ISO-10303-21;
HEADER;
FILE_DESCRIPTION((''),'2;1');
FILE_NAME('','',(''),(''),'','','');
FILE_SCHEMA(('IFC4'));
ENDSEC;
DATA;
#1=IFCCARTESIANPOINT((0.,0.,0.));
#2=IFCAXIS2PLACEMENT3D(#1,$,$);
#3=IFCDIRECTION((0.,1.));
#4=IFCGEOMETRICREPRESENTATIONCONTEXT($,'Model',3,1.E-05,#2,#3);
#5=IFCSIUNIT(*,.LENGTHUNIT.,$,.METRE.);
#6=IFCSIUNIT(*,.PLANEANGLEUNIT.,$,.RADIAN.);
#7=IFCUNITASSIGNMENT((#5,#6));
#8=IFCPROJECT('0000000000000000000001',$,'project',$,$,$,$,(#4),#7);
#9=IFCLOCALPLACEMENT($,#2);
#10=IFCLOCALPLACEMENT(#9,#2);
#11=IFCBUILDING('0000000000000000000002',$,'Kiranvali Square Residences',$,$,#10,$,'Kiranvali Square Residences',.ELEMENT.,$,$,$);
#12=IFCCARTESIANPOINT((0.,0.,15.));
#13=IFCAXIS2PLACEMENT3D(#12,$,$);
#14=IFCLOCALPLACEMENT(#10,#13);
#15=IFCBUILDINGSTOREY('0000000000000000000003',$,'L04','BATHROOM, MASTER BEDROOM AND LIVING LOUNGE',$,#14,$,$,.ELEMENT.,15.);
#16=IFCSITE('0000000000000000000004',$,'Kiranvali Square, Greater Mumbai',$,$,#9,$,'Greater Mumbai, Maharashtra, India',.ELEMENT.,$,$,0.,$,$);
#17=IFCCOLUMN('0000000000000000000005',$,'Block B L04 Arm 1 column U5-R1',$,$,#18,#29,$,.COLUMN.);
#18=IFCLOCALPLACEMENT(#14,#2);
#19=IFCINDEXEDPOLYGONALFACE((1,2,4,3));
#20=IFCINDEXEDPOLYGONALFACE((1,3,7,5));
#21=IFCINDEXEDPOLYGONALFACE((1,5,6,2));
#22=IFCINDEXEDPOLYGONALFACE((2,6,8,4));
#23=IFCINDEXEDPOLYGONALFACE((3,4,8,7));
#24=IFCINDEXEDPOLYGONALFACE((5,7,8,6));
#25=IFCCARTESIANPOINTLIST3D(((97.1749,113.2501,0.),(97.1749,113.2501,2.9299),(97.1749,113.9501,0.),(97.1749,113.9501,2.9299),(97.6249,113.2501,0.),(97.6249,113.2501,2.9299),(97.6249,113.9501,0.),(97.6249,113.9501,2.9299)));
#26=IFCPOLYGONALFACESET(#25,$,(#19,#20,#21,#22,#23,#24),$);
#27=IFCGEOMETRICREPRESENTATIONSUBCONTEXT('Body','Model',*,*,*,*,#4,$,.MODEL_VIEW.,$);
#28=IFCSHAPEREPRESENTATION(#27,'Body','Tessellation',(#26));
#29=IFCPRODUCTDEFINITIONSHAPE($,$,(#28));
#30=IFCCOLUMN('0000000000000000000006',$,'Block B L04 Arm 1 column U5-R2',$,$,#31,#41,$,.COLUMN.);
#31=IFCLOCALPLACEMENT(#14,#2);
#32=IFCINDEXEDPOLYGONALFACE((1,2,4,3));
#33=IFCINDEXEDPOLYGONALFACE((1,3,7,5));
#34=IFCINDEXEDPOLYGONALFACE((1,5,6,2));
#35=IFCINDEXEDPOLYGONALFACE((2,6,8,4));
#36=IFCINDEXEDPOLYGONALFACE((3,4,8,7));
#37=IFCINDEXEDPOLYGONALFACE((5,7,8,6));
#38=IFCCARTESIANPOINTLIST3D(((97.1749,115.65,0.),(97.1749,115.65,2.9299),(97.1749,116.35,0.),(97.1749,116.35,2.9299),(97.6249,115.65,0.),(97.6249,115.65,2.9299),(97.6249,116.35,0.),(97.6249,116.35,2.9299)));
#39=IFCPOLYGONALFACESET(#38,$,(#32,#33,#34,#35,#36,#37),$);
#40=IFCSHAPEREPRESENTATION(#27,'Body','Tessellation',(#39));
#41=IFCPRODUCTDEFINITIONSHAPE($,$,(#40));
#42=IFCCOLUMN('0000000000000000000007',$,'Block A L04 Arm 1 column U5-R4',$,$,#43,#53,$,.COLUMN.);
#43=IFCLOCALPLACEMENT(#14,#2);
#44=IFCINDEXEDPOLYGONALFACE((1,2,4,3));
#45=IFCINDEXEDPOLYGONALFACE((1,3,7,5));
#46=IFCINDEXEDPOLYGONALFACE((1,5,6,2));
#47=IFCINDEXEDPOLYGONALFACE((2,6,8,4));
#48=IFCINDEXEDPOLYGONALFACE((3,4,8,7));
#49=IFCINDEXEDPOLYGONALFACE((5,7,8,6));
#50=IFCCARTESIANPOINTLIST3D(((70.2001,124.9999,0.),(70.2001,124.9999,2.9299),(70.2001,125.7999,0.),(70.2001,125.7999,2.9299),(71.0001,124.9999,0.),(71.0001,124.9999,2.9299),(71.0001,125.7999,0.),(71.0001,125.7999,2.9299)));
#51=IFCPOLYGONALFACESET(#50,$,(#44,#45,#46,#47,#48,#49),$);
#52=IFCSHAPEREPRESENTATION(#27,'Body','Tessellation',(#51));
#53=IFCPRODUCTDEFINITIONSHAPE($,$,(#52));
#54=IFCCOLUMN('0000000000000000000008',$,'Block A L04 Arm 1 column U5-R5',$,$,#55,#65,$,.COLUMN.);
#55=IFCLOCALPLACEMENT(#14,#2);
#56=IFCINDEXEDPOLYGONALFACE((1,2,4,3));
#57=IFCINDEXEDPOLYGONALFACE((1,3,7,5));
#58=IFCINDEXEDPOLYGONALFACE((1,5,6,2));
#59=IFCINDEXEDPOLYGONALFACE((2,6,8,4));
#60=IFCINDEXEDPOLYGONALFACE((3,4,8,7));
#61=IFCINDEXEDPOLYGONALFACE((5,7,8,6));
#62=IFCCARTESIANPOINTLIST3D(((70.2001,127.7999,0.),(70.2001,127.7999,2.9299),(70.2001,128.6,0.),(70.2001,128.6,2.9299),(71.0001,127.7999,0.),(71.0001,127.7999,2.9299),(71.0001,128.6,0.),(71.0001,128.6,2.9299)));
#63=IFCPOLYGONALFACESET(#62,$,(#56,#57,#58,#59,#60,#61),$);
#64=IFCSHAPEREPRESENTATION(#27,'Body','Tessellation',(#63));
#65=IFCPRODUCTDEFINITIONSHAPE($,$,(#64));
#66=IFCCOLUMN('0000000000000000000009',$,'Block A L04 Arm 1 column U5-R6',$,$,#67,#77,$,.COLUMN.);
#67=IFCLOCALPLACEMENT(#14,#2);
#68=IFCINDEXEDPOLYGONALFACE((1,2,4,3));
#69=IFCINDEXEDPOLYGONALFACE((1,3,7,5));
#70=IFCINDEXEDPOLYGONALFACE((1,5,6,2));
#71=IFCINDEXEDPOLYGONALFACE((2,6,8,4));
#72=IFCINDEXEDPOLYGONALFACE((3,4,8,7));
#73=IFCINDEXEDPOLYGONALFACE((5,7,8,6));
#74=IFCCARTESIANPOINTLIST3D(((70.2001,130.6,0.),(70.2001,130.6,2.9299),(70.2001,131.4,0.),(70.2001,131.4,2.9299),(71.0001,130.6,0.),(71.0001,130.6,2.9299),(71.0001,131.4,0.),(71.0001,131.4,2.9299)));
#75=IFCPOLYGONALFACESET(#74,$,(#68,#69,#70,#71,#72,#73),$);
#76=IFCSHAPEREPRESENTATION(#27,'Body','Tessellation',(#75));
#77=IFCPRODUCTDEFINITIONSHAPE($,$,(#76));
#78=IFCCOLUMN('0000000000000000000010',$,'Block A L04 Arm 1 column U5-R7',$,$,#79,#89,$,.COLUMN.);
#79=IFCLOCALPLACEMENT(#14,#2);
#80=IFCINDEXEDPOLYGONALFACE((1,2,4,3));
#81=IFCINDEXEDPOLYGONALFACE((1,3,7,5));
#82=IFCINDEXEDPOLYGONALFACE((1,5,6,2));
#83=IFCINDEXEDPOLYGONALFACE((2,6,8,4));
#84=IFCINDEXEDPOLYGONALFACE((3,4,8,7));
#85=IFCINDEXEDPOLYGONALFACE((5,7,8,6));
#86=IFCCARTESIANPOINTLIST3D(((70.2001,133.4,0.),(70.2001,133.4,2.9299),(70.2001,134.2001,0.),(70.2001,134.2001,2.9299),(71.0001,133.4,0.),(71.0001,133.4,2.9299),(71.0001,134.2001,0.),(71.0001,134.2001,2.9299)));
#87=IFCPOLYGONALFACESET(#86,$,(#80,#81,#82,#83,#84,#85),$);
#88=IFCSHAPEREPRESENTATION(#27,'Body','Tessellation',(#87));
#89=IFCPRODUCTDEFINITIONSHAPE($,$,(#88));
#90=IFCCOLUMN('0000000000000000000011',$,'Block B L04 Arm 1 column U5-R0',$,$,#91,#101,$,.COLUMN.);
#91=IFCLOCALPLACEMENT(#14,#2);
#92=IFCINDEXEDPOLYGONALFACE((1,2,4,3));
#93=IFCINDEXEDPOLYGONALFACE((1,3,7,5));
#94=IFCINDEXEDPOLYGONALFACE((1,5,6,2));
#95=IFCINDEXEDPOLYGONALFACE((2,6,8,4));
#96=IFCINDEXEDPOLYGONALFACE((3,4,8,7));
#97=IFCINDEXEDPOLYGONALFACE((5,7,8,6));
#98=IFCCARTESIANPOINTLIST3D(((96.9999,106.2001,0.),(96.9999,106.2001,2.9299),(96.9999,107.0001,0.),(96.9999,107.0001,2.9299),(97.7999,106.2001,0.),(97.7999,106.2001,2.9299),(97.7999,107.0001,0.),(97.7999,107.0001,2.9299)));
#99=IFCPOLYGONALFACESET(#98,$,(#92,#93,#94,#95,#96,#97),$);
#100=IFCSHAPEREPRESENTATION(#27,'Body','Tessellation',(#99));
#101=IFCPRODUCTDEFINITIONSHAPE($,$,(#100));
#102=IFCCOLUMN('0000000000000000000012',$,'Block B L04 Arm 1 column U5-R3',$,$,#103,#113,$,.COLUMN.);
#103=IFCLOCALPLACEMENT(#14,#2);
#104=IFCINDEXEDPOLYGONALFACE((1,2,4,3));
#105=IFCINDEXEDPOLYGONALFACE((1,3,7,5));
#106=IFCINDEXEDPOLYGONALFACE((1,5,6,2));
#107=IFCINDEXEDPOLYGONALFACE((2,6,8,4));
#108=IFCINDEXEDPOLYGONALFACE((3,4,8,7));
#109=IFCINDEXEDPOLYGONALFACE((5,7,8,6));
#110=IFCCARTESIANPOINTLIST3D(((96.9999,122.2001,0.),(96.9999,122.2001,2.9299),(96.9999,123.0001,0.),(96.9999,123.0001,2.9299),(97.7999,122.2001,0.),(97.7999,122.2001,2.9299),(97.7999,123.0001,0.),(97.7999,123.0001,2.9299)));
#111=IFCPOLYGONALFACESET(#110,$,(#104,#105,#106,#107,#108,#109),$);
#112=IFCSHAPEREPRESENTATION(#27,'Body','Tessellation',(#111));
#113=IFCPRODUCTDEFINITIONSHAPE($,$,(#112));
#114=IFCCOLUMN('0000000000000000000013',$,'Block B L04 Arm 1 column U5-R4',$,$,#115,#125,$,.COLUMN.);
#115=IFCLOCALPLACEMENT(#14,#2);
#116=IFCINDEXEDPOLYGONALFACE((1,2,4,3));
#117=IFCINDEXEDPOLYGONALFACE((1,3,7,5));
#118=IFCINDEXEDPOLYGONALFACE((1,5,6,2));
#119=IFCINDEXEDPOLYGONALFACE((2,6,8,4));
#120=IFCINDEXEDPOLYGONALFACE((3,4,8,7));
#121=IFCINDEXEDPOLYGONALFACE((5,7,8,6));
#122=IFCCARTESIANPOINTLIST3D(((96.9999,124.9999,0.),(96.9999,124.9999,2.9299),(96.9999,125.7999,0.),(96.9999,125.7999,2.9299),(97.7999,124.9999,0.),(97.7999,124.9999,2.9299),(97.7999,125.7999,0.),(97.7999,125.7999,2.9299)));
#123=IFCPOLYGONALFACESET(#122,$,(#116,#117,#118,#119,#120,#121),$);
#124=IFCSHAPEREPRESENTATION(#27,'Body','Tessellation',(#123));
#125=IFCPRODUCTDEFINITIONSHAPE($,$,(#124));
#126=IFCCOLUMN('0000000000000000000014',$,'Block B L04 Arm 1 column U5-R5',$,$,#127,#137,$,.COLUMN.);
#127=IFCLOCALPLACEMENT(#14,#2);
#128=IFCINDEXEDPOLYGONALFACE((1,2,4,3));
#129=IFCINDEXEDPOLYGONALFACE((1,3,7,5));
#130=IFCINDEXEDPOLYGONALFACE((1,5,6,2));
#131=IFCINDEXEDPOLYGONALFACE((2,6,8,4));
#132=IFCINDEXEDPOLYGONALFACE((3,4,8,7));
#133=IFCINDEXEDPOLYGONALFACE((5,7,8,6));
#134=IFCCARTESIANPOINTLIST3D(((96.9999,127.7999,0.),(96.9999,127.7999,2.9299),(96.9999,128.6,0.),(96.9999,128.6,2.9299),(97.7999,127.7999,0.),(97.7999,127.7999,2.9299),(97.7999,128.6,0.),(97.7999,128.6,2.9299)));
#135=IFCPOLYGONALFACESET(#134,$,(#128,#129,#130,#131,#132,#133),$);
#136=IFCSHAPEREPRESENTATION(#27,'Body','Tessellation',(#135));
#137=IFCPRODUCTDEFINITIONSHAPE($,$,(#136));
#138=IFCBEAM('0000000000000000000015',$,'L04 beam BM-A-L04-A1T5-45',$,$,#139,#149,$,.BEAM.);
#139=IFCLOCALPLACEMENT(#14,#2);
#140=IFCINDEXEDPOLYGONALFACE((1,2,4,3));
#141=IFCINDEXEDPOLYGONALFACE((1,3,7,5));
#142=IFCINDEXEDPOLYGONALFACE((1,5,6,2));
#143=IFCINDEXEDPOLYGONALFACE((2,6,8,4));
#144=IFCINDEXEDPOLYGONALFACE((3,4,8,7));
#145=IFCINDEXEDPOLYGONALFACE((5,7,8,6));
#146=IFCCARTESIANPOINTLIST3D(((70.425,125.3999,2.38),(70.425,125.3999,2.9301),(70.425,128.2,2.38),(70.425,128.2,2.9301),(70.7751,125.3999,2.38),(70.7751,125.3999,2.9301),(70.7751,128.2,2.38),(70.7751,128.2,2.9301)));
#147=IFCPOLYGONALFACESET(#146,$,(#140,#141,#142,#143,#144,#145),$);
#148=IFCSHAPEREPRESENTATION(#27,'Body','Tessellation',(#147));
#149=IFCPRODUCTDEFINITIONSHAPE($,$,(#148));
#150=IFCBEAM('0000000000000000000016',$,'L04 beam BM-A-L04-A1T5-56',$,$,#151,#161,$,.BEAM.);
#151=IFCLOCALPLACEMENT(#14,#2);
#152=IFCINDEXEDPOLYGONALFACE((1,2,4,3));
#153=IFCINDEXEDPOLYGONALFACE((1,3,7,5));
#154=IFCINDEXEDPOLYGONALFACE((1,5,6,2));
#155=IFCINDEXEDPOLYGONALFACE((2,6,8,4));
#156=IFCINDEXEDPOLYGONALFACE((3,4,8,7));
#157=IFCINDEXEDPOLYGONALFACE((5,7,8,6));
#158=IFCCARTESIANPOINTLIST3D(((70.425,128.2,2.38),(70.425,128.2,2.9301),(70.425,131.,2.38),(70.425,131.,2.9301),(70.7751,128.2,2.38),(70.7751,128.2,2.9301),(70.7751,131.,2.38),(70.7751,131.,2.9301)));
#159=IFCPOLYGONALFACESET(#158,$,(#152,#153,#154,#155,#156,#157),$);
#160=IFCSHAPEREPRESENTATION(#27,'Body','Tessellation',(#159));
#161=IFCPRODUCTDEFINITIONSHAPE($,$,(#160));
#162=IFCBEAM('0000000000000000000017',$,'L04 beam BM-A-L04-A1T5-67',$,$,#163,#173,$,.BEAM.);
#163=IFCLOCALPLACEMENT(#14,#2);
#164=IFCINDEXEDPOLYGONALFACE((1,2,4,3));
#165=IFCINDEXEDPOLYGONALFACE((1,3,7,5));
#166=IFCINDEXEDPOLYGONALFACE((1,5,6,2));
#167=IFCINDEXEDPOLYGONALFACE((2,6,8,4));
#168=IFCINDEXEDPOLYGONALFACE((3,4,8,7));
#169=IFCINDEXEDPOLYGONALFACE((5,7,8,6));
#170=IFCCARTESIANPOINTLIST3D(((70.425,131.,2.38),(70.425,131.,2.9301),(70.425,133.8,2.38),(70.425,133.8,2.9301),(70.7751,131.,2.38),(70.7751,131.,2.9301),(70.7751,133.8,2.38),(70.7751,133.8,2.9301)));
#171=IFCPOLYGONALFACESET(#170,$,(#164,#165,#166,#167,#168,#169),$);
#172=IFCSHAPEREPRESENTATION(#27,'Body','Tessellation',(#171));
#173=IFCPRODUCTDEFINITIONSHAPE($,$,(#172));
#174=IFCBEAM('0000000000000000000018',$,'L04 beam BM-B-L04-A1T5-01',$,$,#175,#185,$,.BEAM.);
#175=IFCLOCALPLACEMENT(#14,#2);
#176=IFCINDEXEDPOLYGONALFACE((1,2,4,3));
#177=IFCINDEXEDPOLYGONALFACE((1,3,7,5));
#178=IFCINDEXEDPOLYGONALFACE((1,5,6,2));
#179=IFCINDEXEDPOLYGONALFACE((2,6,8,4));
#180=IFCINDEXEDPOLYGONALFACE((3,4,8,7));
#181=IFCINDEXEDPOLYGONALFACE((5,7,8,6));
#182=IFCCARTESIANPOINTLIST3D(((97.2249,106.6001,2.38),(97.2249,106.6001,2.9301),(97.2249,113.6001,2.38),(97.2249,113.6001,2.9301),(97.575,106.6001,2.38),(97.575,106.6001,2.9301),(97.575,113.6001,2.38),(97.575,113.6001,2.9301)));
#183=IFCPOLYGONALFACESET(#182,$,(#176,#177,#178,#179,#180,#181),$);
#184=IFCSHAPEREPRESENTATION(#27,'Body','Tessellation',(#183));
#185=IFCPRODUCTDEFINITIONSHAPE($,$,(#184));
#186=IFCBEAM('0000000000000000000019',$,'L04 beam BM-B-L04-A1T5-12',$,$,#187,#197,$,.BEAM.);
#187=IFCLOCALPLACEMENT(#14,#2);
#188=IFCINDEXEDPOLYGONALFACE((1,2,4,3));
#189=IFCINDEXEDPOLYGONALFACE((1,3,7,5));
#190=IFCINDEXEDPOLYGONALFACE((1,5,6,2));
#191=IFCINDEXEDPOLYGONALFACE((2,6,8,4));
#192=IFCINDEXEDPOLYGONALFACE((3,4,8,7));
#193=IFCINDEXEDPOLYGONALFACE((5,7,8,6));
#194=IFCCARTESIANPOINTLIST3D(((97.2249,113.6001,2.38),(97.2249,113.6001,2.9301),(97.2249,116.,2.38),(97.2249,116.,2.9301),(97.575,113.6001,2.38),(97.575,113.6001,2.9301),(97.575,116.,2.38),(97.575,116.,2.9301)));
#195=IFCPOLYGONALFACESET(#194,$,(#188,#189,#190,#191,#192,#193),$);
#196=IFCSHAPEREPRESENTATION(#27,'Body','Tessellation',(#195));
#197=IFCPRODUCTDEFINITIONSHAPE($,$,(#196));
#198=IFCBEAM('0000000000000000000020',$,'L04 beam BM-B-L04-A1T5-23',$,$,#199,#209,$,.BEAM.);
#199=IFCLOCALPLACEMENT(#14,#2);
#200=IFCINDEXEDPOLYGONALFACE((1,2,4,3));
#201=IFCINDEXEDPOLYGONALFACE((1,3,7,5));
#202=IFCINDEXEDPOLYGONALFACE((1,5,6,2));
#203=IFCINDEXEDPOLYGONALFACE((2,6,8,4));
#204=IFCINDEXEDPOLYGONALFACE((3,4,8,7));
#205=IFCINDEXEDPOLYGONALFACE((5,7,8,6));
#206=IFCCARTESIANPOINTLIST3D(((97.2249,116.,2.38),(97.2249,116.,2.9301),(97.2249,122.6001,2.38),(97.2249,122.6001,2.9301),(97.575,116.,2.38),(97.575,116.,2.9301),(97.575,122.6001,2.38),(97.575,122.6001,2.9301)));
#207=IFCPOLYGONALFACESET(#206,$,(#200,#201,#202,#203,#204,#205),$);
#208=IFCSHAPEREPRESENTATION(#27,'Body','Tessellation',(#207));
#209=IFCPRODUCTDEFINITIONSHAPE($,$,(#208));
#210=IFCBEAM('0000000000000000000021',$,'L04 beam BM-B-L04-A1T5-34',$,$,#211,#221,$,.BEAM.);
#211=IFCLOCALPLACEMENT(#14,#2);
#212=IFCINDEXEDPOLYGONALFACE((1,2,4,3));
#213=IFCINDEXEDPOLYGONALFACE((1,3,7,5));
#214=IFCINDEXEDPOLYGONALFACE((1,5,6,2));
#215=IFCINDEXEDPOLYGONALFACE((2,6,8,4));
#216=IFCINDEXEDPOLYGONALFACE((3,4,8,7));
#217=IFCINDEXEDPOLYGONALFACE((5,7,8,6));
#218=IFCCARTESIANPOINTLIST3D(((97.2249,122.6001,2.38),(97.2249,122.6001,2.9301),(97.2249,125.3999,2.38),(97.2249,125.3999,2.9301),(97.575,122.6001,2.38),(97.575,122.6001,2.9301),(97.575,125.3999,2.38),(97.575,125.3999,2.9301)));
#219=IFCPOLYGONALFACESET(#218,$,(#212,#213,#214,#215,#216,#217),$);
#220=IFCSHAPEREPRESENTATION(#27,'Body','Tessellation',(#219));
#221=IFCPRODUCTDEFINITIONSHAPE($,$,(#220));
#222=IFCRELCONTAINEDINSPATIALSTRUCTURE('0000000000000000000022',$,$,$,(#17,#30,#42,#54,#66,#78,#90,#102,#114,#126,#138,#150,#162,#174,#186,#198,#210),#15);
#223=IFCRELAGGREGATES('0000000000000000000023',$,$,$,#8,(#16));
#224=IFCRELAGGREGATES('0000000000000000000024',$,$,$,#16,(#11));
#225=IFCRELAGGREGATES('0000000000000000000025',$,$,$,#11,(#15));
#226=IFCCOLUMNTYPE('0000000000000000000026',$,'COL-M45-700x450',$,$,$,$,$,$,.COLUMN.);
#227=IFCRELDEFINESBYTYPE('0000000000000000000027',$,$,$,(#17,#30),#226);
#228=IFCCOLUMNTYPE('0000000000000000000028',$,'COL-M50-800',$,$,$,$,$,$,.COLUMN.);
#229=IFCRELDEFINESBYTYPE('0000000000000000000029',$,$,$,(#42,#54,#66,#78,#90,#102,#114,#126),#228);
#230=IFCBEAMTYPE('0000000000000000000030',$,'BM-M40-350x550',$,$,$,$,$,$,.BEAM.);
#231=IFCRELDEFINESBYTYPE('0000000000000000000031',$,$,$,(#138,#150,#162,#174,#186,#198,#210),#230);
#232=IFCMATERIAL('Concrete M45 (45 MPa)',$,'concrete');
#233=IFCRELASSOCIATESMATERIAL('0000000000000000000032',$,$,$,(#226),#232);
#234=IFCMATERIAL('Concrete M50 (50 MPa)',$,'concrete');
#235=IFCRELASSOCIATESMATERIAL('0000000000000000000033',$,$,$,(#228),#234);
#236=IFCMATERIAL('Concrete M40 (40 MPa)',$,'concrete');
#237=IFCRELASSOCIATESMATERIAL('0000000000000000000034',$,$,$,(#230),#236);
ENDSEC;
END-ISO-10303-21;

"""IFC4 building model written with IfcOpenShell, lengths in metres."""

from ifc_helpers import new_model, si_unit, direction, frame, origin, origin_2d, place, context, subcontext, project, spatial, rectangle, extrude, material, material_profile, profile_set, type_object, element, save


model = new_model("IFC4")

# Units and contexts
model_context = context("Model", 3, precision=1e-05, world=origin(), true_north=direction((0.0, 1.0)))
body_context = subcontext(model_context, "Body", "Model", "MODEL_VIEW")
ifc_project = project(units=[si_unit("LENGTHUNIT", "METRE"), si_unit("PLANEANGLEUNIT", "RADIAN")], contexts=[model_context])

# Site, building, storey
site_placement = place(None, origin())
site = spatial("IfcSite", under=ifc_project, at=site_placement, Name="Kiranvali Square, Greater Mumbai", LongName="Greater Mumbai, Maharashtra, India", CompositionType="ELEMENT", RefElevation=0.0)
building_placement = place(site_placement, origin())
building = spatial("IfcBuilding", under=site, at=building_placement, Name="Kiranvali Square Residences", LongName="Kiranvali Square Residences", CompositionType="ELEMENT")
storey_placement = place(building_placement, frame((0.0, 0.0, 15.0)))
storey = spatial("IfcBuildingStorey", under=building, at=storey_placement, Name="L04", Description="BATHROOM, MASTER BEDROOM AND LIVING LOUNGE", CompositionType="ELEMENT", Elevation=15.0)

# Columns
ifc_material_1 = material(Name="Concrete M45 (45 MPa)", Category="concrete")
ifc_material_profile_1 = material_profile(ifc_material_1, rectangle(XDim=0.45, YDim=0.7, at=origin_2d()), Name="RC 700x450")
ifc_profile_set_1 = profile_set([ifc_material_profile_1], Name="Concrete M45 (45 MPa)")
column_type_1 = type_object("IfcColumnType", Name="COL-M45-700x450", PredefinedType="COLUMN", material=ifc_profile_set_1)
for number, where, z_axis, x_axis, name in (
    (1, (97.3999, 113.6001, 0.0), (0.0, 0.0, 1.0), (1.0, 0.0, 0.0), "Block B L04 Arm 1 column U5-R1"),
    (2, (97.3999, 116.0, 0.0), (0.0, 0.0, 1.0), (1.0, 0.0, 0.0), "Block B L04 Arm 1 column U5-R2"),
):
    element("IfcColumn", number, at=place(storey_placement, frame(where, z_axis=z_axis, x_axis=x_axis)), inside=storey, type_object=column_type_1, Name=name, PredefinedType="COLUMN", context=body_context, shape_type="SweptSolid", body=[
        extrude(rectangle(XDim=0.45, YDim=0.7, at=origin_2d()), origin(), (0.0, 0.0, 1.0), 2.9299),
    ])
ifc_material_2 = material(Name="Concrete M50 (50 MPa)", Category="concrete")
ifc_material_profile_2 = material_profile(ifc_material_2, rectangle(XDim=0.8, YDim=0.8, at=origin_2d()), Name="RC 800x800")
ifc_profile_set_2 = profile_set([ifc_material_profile_2], Name="Concrete M50 (50 MPa)")
column_type_2 = type_object("IfcColumnType", Name="COL-M50-800", PredefinedType="COLUMN", material=ifc_profile_set_2)
for number, where, z_axis, x_axis, name in (
    (3, (70.6001, 125.3999, 0.0), (0.0, 0.0, 1.0), (1.0, 0.0, 0.0), "Block A L04 Arm 1 column U5-R4"),
    (4, (70.6001, 128.2, 0.0), (0.0, 0.0, 1.0), (1.0, 0.0, 0.0), "Block A L04 Arm 1 column U5-R5"),
    (5, (70.6001, 131.0, 0.0), (0.0, 0.0, 1.0), (1.0, 0.0, 0.0), "Block A L04 Arm 1 column U5-R6"),
    (6, (70.6001, 133.8, 0.0), (0.0, 0.0, 1.0), (1.0, 0.0, 0.0), "Block A L04 Arm 1 column U5-R7"),
    (7, (97.3999, 106.6001, 0.0), (0.0, 0.0, 1.0), (1.0, 0.0, 0.0), "Block B L04 Arm 1 column U5-R0"),
    (8, (97.3999, 122.6001, 0.0), (0.0, 0.0, 1.0), (1.0, 0.0, 0.0), "Block B L04 Arm 1 column U5-R3"),
    (9, (97.3999, 125.3999, 0.0), (0.0, 0.0, 1.0), (1.0, 0.0, 0.0), "Block B L04 Arm 1 column U5-R4"),
    (10, (97.3999, 128.2, 0.0), (0.0, 0.0, 1.0), (1.0, 0.0, 0.0), "Block B L04 Arm 1 column U5-R5"),
):
    element("IfcColumn", number, at=place(storey_placement, frame(where, z_axis=z_axis, x_axis=x_axis)), inside=storey, type_object=column_type_2, Name=name, PredefinedType="COLUMN", context=body_context, shape_type="SweptSolid", body=[
        extrude(rectangle(XDim=0.8, YDim=0.8, at=origin_2d()), origin(), (0.0, 0.0, 1.0), 2.9299),
    ])

# Beams
ifc_material_3 = material(Name="Concrete M40 (40 MPa)", Category="concrete")
ifc_material_profile_3 = material_profile(ifc_material_3, rectangle(XDim=0.3501, YDim=0.55, at=origin_2d()), Name="RC 350x550")
ifc_profile_set_3 = profile_set([ifc_material_profile_3], Name="Concrete M40 (40 MPa)")
beam_type = type_object("IfcBeamType", Name="BM-M40-350x550", PredefinedType="BEAM", material=ifc_profile_set_3)
for number, where, z_axis, x_axis, name in (
    (11, (70.6001, 125.3999, 2.655), (0.0, 1.0, 0.0), (-1.0, 0.0, 0.0), "L04 beam BM-A-L04-A1T5-45"),
    (12, (70.6001, 128.2, 2.655), (0.0, 1.0, 0.0), (-1.0, 0.0, 0.0), "L04 beam BM-A-L04-A1T5-56"),
    (13, (70.6001, 131.0, 2.655), (0.0, 1.0, 0.0), (-1.0, 0.0, 0.0), "L04 beam BM-A-L04-A1T5-67"),
):
    element("IfcBeam", number, at=place(storey_placement, frame(where, z_axis=z_axis, x_axis=x_axis)), inside=storey, type_object=beam_type, Name=name, PredefinedType="BEAM", context=body_context, shape_type="SweptSolid", body=[
        extrude(rectangle(XDim=0.3501, YDim=0.55, at=origin_2d()), origin(), (0.0, 0.0, 1.0), 2.8),
    ])
beam_1_placement = place(storey_placement, frame((97.3999, 106.6001, 2.655), z_axis=(0.0, 1.0, 0.0), x_axis=(-1.0, 0.0, 0.0)))
element("IfcBeam", 14, at=beam_1_placement, inside=storey, type_object=beam_type, Name="L04 beam BM-B-L04-A1T5-01", PredefinedType="BEAM", context=body_context, shape_type="SweptSolid", body=[
    extrude(rectangle(XDim=0.3501, YDim=0.55, at=origin_2d()), origin(), (0.0, 0.0, 1.0), 7.0),
])
beam_2_placement = place(storey_placement, frame((97.3999, 113.6001, 2.655), z_axis=(0.0, 1.0, 0.0), x_axis=(-1.0, 0.0, 0.0)))
element("IfcBeam", 15, at=beam_2_placement, inside=storey, type_object=beam_type, Name="L04 beam BM-B-L04-A1T5-12", PredefinedType="BEAM", context=body_context, shape_type="SweptSolid", body=[
    extrude(rectangle(XDim=0.3501, YDim=0.55, at=origin_2d()), origin(), (0.0, 0.0, 1.0), 2.3999),
])
beam_3_placement = place(storey_placement, frame((97.3999, 116.0, 2.655), z_axis=(0.0, 1.0, 0.0), x_axis=(-1.0, 0.0, 0.0)))
element("IfcBeam", 16, at=beam_3_placement, inside=storey, type_object=beam_type, Name="L04 beam BM-B-L04-A1T5-23", PredefinedType="BEAM", context=body_context, shape_type="SweptSolid", body=[
    extrude(rectangle(XDim=0.3501, YDim=0.55, at=origin_2d()), origin(), (0.0, 0.0, 1.0), 6.6001),
])
beam_4_placement = place(storey_placement, frame((97.3999, 122.6001, 2.655), z_axis=(0.0, 1.0, 0.0), x_axis=(-1.0, 0.0, 0.0)))
element("IfcBeam", 17, at=beam_4_placement, inside=storey, type_object=beam_type, Name="L04 beam BM-B-L04-A1T5-34", PredefinedType="BEAM", context=body_context, shape_type="SweptSolid", body=[
    extrude(rectangle(XDim=0.3501, YDim=0.55, at=origin_2d()), origin(), (0.0, 0.0, 1.0), 2.7998),
])

save(model, "model.ifc")
